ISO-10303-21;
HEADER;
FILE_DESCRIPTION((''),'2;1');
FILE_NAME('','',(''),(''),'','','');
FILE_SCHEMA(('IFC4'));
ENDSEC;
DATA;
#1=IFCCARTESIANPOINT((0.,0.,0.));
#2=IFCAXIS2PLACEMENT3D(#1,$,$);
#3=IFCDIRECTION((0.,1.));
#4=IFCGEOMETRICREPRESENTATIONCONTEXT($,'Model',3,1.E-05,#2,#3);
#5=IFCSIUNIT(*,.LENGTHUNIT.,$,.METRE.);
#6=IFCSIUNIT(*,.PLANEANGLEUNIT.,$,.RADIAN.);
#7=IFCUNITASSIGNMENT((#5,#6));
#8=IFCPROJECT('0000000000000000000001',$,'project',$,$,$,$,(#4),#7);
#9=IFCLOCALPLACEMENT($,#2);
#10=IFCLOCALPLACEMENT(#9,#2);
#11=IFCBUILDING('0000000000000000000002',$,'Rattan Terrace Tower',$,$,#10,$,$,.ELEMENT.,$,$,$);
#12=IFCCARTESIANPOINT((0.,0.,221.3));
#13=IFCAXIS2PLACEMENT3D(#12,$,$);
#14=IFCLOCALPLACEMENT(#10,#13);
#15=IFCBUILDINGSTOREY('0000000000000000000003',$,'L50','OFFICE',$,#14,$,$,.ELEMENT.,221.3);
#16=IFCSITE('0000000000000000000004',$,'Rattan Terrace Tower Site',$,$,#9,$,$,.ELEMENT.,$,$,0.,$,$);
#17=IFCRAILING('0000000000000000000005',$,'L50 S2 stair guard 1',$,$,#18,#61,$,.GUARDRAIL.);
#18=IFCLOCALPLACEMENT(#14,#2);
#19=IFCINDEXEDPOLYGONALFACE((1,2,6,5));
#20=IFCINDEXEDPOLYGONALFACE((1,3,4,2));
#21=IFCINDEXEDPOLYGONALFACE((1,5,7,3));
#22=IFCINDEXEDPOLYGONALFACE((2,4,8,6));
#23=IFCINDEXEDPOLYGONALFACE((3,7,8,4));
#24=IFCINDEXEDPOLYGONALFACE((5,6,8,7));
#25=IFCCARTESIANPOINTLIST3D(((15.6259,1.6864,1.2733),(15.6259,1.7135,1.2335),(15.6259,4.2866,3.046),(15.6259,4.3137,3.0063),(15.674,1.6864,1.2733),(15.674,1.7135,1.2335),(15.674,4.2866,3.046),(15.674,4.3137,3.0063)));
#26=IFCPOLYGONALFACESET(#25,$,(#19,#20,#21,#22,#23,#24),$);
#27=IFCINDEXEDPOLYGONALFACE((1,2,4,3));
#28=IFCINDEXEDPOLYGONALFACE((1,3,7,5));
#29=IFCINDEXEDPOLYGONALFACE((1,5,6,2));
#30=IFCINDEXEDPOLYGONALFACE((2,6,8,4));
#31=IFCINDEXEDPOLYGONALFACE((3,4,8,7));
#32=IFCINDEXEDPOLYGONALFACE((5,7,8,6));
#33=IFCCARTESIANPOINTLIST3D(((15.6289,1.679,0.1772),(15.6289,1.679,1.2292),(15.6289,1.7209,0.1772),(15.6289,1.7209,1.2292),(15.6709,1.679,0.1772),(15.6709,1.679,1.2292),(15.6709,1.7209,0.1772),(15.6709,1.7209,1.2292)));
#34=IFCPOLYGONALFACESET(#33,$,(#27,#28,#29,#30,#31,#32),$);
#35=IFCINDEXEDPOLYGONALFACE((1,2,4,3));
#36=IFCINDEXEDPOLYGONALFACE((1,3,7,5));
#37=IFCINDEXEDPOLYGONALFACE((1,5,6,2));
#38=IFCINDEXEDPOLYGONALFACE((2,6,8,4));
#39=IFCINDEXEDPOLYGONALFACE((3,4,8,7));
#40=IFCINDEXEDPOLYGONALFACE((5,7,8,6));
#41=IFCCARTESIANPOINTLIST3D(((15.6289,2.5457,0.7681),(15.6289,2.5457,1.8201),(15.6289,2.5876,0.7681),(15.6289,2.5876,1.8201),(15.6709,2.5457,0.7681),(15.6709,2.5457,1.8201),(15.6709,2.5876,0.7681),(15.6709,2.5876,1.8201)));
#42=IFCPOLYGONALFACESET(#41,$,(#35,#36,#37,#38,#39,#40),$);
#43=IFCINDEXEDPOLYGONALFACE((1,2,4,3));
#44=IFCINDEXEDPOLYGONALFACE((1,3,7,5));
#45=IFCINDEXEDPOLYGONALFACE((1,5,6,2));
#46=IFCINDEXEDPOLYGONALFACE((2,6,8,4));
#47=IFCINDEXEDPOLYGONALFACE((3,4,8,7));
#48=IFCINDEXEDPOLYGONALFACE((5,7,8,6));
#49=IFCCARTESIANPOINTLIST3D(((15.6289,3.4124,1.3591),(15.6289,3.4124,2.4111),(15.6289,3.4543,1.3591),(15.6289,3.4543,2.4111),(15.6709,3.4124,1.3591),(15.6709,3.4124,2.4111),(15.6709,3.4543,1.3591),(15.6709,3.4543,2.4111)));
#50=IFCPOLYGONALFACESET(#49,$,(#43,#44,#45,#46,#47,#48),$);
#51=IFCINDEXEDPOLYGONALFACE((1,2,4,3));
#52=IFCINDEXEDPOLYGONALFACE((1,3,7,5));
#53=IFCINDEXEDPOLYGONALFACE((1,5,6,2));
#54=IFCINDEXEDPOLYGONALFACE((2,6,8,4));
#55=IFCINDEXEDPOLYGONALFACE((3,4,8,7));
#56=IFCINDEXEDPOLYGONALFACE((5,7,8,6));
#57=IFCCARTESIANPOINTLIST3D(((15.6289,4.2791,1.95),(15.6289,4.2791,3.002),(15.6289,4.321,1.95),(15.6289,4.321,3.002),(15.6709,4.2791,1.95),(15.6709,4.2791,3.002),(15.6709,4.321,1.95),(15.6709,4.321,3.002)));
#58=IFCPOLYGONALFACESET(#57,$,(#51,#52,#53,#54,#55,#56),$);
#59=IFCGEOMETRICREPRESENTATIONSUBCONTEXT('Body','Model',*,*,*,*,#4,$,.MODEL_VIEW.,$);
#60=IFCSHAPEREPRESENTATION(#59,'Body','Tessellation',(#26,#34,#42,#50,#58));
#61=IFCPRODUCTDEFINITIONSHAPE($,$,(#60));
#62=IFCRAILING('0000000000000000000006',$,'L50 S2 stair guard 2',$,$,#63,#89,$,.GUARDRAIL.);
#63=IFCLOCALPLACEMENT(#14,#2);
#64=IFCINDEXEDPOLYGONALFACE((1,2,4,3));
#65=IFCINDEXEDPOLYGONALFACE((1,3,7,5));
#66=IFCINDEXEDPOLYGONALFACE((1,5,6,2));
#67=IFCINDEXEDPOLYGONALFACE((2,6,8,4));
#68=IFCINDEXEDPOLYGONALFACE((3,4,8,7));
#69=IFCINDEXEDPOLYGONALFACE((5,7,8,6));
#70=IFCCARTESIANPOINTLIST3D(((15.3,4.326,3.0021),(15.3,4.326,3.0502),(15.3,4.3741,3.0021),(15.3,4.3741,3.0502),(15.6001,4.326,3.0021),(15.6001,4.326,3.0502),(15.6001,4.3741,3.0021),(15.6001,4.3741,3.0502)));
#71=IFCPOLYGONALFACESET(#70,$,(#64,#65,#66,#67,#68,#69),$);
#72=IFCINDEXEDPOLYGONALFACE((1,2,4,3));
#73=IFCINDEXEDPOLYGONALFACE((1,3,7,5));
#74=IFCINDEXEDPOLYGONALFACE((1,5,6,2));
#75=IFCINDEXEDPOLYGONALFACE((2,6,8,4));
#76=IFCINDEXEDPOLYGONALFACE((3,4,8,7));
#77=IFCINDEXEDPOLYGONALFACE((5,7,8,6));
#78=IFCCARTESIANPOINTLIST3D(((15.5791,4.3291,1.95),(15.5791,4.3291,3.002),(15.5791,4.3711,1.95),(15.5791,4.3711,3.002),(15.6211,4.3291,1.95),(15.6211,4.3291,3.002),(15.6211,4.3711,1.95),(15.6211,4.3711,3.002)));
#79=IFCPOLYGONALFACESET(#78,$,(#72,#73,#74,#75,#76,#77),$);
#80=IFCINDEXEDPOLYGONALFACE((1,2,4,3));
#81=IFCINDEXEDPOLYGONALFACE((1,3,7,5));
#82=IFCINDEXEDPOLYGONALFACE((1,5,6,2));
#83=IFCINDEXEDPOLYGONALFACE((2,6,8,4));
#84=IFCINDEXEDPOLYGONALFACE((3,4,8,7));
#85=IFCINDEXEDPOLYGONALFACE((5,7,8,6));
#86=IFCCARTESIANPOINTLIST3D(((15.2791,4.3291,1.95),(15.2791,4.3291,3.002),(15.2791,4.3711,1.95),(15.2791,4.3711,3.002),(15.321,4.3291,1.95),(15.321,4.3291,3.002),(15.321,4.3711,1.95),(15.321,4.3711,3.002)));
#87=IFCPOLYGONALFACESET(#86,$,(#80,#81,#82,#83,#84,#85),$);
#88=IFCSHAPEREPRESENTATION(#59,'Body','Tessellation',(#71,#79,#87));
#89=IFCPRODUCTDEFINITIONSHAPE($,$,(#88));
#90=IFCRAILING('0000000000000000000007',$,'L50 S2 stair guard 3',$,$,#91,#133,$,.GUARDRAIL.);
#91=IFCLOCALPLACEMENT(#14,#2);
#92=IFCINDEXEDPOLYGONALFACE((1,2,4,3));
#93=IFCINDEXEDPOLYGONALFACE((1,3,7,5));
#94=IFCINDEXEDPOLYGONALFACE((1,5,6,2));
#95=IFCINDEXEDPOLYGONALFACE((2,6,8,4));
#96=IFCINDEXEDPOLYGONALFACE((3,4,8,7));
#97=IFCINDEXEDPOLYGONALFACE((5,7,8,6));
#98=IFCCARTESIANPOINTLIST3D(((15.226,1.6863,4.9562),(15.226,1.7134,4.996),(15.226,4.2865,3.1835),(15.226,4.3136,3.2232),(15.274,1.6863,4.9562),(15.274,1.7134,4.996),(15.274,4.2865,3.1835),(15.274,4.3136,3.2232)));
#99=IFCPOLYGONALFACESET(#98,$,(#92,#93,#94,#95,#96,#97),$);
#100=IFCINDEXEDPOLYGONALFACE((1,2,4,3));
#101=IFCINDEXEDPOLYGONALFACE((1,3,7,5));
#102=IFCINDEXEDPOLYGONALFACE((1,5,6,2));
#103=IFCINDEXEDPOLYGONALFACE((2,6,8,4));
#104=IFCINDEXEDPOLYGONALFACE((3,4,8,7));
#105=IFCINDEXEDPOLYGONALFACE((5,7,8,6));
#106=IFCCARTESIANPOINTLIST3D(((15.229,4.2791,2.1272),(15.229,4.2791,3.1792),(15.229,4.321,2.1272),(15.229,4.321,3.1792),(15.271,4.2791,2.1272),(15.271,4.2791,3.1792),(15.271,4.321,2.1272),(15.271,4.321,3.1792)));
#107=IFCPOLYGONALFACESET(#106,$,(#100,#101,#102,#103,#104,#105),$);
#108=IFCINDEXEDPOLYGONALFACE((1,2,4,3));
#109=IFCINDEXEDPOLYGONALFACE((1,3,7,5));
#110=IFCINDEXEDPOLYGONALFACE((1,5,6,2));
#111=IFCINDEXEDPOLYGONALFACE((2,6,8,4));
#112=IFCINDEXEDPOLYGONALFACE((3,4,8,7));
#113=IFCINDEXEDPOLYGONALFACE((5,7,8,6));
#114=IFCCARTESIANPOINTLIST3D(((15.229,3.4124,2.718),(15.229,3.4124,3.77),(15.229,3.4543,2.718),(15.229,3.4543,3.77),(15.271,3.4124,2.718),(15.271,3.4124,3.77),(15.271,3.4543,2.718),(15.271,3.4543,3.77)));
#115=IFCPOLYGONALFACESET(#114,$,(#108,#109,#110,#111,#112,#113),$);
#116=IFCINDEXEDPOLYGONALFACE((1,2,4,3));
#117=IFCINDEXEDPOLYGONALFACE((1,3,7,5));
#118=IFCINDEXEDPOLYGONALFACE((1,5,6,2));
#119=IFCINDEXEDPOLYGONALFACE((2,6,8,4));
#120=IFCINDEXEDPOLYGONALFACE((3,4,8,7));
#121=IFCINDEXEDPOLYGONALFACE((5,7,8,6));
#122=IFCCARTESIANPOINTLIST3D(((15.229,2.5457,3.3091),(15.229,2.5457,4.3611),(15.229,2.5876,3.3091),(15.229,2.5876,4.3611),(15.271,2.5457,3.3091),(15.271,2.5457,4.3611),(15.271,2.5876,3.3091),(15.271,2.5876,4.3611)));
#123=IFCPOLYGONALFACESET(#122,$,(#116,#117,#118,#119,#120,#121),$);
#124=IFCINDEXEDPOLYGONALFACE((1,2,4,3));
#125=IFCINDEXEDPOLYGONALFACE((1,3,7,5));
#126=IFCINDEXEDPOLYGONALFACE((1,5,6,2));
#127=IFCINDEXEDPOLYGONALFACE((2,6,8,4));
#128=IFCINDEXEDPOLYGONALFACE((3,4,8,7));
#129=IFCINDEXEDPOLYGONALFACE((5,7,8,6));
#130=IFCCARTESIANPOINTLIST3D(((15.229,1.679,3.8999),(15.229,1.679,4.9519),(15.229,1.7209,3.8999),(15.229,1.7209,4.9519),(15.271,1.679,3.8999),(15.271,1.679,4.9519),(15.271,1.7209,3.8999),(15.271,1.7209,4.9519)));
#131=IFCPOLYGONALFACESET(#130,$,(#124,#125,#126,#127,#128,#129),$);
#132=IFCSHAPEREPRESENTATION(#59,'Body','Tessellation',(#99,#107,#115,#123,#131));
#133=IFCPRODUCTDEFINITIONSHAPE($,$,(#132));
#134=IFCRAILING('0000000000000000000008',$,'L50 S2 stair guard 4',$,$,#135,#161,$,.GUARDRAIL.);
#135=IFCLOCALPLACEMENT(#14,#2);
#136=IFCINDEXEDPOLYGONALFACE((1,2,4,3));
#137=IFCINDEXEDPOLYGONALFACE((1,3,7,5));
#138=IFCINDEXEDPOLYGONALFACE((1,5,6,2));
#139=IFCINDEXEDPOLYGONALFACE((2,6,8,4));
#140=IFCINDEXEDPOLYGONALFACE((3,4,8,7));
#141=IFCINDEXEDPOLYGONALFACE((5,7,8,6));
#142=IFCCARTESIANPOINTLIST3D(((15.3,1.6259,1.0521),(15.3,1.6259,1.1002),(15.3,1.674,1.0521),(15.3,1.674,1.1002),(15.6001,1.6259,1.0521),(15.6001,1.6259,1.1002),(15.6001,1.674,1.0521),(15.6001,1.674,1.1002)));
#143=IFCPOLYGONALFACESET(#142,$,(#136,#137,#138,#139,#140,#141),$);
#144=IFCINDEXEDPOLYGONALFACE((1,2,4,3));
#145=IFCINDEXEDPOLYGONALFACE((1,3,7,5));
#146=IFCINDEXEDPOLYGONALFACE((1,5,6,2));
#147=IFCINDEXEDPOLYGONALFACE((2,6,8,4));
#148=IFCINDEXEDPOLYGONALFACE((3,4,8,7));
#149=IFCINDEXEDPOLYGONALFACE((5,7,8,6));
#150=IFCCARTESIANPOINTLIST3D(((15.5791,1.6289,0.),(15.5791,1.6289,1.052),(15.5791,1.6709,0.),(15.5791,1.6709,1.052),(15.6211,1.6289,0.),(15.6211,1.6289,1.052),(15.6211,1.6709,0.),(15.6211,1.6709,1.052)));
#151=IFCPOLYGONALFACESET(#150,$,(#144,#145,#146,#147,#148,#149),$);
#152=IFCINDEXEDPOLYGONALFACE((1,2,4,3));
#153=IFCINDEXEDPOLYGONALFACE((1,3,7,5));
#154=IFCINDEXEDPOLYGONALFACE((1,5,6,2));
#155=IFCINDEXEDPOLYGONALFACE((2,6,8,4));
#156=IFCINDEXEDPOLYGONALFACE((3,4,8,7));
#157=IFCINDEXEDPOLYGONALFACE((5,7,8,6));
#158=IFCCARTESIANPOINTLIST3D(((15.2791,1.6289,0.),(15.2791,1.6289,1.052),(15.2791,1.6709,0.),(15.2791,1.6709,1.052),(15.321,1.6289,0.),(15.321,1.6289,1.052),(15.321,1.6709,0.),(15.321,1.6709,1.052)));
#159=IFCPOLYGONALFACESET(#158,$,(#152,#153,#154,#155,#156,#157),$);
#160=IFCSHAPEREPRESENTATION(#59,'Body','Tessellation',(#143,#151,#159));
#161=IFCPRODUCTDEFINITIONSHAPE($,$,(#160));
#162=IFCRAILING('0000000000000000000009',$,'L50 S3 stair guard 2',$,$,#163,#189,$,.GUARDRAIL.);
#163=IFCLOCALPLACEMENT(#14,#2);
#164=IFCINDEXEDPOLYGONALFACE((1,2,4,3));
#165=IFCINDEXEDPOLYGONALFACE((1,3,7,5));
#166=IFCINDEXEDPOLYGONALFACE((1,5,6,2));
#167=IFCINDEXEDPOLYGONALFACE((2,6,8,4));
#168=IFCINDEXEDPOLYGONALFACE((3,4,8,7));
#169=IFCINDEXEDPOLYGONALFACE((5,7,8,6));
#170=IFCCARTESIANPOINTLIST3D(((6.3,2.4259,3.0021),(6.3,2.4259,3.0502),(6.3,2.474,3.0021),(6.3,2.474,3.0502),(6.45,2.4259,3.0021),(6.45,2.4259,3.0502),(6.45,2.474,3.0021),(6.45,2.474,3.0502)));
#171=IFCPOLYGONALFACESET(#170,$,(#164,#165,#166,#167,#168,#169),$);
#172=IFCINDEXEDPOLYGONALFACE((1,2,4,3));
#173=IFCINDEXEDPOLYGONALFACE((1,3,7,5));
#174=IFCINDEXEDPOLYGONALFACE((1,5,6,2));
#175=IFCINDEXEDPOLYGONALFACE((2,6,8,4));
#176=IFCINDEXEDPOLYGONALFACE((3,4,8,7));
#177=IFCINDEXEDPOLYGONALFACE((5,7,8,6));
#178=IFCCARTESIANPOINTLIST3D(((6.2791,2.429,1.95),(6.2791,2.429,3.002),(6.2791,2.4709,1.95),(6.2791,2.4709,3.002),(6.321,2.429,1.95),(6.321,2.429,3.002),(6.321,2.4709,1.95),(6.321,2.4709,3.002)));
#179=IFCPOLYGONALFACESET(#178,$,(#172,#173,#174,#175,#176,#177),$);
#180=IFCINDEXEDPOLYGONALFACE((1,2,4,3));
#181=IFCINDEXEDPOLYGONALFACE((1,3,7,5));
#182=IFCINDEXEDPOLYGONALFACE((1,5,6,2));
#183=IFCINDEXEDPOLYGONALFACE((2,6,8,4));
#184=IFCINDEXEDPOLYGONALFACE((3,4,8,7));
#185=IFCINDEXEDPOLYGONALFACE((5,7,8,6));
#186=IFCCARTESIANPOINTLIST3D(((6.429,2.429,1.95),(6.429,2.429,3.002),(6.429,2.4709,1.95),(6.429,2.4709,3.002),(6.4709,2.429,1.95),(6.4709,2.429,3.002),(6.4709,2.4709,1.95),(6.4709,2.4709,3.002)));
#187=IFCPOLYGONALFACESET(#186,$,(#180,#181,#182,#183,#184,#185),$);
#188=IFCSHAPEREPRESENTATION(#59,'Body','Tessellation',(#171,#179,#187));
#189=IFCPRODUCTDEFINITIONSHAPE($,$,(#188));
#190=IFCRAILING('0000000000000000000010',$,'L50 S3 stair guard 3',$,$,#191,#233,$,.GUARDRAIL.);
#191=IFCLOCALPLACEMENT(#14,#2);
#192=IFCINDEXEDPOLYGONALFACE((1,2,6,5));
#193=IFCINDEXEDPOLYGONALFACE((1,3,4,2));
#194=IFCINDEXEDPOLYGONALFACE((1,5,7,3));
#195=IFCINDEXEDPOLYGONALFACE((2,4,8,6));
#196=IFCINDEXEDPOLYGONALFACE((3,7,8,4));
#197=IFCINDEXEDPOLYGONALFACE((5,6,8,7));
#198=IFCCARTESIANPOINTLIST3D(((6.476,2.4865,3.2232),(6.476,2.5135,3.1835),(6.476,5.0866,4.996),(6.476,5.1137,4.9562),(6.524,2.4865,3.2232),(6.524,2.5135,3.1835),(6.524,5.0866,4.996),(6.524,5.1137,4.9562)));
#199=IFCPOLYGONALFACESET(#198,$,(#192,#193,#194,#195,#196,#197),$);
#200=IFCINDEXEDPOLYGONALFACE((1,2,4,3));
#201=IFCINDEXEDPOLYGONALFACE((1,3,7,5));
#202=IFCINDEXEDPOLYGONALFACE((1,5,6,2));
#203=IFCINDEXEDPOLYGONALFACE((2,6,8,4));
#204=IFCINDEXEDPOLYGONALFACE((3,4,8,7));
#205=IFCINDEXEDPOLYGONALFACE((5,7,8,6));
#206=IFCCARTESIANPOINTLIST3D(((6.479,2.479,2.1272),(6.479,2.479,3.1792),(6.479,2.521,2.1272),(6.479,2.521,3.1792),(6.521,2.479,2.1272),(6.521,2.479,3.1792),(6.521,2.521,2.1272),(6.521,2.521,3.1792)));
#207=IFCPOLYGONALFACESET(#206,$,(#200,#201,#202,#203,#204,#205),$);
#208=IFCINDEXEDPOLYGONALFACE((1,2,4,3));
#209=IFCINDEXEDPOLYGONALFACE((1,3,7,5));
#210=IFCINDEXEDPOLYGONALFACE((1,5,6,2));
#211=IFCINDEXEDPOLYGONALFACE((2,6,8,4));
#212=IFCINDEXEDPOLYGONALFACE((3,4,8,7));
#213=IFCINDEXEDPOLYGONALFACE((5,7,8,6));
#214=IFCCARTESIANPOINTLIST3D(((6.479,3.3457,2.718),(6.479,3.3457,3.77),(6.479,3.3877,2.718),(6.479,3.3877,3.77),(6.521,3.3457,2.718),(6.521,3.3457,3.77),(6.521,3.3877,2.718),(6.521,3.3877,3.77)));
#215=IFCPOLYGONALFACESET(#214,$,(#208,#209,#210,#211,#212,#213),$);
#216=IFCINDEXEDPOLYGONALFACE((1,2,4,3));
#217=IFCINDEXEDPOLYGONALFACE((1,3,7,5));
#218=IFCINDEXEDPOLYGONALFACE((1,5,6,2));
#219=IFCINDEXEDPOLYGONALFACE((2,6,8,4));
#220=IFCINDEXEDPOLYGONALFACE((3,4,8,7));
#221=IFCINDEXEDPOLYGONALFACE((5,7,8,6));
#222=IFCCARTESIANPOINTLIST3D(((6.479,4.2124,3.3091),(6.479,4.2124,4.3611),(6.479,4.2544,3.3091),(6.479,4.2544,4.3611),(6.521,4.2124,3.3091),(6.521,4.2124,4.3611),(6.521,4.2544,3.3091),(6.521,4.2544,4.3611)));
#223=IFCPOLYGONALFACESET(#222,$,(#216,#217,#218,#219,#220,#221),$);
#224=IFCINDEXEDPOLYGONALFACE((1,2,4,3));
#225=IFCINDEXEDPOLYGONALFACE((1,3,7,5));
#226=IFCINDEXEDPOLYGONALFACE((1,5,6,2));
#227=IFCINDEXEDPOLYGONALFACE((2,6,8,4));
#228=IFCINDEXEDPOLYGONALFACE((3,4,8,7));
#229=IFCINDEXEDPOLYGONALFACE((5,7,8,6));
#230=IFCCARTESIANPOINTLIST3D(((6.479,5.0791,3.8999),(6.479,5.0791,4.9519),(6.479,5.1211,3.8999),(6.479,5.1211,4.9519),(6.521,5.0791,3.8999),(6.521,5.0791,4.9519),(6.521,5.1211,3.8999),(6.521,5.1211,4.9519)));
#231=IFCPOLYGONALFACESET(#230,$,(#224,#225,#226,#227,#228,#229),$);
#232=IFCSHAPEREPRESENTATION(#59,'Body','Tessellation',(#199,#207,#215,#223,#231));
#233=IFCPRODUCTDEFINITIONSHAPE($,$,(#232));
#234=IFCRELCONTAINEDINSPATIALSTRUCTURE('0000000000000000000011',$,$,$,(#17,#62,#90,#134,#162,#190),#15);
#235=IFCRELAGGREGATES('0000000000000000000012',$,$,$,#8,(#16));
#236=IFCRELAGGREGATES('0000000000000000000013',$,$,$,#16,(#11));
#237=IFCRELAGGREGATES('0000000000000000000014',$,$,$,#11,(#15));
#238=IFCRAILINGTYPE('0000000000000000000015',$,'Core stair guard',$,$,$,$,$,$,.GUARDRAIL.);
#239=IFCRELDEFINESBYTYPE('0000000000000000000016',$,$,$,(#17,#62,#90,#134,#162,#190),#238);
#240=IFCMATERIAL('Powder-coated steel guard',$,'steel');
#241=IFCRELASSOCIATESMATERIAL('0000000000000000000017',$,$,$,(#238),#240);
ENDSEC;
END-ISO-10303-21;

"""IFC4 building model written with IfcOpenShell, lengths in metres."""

from ifc_helpers import new_model, si_unit, direction, frame, origin, origin_2d, place, context, subcontext, project, spatial, rectangle, extrude, material, type_object, element, save


model = new_model("IFC4")

# Units and contexts
model_context = context("Model", 3, precision=1e-05, world=origin(), true_north=direction((0.0, 1.0)))
body_context = subcontext(model_context, "Body", "Model", "MODEL_VIEW")
ifc_project = project(units=[si_unit("LENGTHUNIT", "METRE"), si_unit("PLANEANGLEUNIT", "RADIAN")], contexts=[model_context])

# Site, building, storey
site_placement = place(None, origin())
site = spatial("IfcSite", under=ifc_project, at=site_placement, Name="Rattan Terrace Tower Site", CompositionType="ELEMENT", RefElevation=0.0)
building_placement = place(site_placement, origin())
building = spatial("IfcBuilding", under=site, at=building_placement, Name="Rattan Terrace Tower", CompositionType="ELEMENT")
storey_placement = place(building_placement, frame((0.0, 0.0, 221.3)))
storey = spatial("IfcBuildingStorey", under=building, at=storey_placement, Name="L50", Description="OFFICE", CompositionType="ELEMENT", Elevation=221.3)

# Railings
ifc_material_1 = material(Name="Powder-coated steel guard", Category="steel")
railing_type_1 = type_object("IfcRailingType", Name="Core stair guard", PredefinedType="GUARDRAIL", material=ifc_material_1)
railing_1_placement = place(storey_placement, frame((15.6499, 1.7, 0.1772)))
element("IfcRailing", 1, at=railing_1_placement, inside=storey, type_object=railing_type_1, Name="L50 S2 stair guard 1", PredefinedType="GUARDRAIL", context=body_context, shape_type="SweptSolid", body=[
    extrude(rectangle(XDim=0.0481, YDim=0.0481, at=origin_2d()), frame((0.0, 0.0, 1.0762), z_axis=(0.0, 0.82624, 0.563318), x_axis=(-1.0, 0.0, 0.0)), (0.0, 0.0, 1.0), 3.147),
    extrude(rectangle(XDim=0.042, YDim=0.042, at=origin_2d()), origin(), (0.0, 0.0, 1.0), 1.052),
    extrude(rectangle(XDim=0.042, YDim=0.042, at=origin_2d()), frame((0.0, 0.8667, 0.5908)), (0.0, 0.0, 1.0), 1.052),
    extrude(rectangle(XDim=0.042, YDim=0.042, at=origin_2d()), frame((0.0, 1.7334, 1.1819)), (0.0, 0.0, 1.0), 1.052),
    extrude(rectangle(XDim=0.042, YDim=0.042, at=origin_2d()), frame((0.0, 2.6001, 1.7727)), (0.0, 0.0, 1.0), 1.052),
])
railing_2_placement = place(storey_placement, frame((15.6001, 4.3501, 1.95)))
element("IfcRailing", 2, at=railing_2_placement, inside=storey, type_object=railing_type_1, Name="L50 S2 stair guard 2", PredefinedType="GUARDRAIL", context=body_context, shape_type="SweptSolid", body=[
    extrude(rectangle(XDim=0.0481, YDim=0.0481, at=origin_2d()), frame((0.0, 0.0, 1.0762), z_axis=(-1.0, 0.0, 0.0), x_axis=(0.0, -1.0, 0.0)), (0.0, 0.0, 1.0), 0.3),
    extrude(rectangle(XDim=0.042, YDim=0.042, at=origin_2d()), origin(), (0.0, 0.0, 1.0), 1.052),
    extrude(rectangle(XDim=0.042, YDim=0.042, at=origin_2d()), frame((-0.3, 0.0, 0.0)), (0.0, 0.0, 1.0), 1.052),
])
railing_3_placement = place(storey_placement, frame((15.25, 4.3, 2.1272)))
element("IfcRailing", 3, at=railing_3_placement, inside=storey, type_object=railing_type_1, Name="L50 S2 stair guard 3", PredefinedType="GUARDRAIL", context=body_context, shape_type="SweptSolid", body=[
    extrude(rectangle(XDim=0.0481, YDim=0.0481, at=origin_2d()), frame((0.0, 0.0, 1.0762), z_axis=(0.0, -0.82624, 0.563318), x_axis=(1.0, 0.0, 0.0)), (0.0, 0.0, 1.0), 3.147),
    extrude(rectangle(XDim=0.042, YDim=0.042, at=origin_2d()), origin(), (0.0, 0.0, 1.0), 1.052),
    extrude(rectangle(XDim=0.042, YDim=0.042, at=origin_2d()), frame((0.0, -0.8667, 0.5908)), (0.0, 0.0, 1.0), 1.052),
    extrude(rectangle(XDim=0.042, YDim=0.042, at=origin_2d()), frame((0.0, -1.7334, 1.1819)), (0.0, 0.0, 1.0), 1.052),
    extrude(rectangle(XDim=0.042, YDim=0.042, at=origin_2d()), frame((0.0, -2.6001, 1.7727)), (0.0, 0.0, 1.0), 1.052),
])
railing_4_placement = place(storey_placement, frame((15.6001, 1.6499, 0.0)))
element("IfcRailing", 4, at=railing_4_placement, inside=storey, type_object=railing_type_1, Name="L50 S2 stair guard 4", PredefinedType="GUARDRAIL", context=body_context, shape_type="SweptSolid", body=[
    extrude(rectangle(XDim=0.0481, YDim=0.0481, at=origin_2d()), frame((0.0, 0.0, 1.0762), z_axis=(-1.0, 0.0, 0.0), x_axis=(0.0, -1.0, 0.0)), (0.0, 0.0, 1.0), 0.3),
    extrude(rectangle(XDim=0.042, YDim=0.042, at=origin_2d()), origin(), (0.0, 0.0, 1.0), 1.052),
    extrude(rectangle(XDim=0.042, YDim=0.042, at=origin_2d()), frame((-0.3, 0.0, 0.0)), (0.0, 0.0, 1.0), 1.052),
])
railing_5_placement = place(storey_placement, frame((6.3, 2.45, 1.95)))
element("IfcRailing", 5, at=railing_5_placement, inside=storey, type_object=railing_type_1, Name="L50 S3 stair guard 2", PredefinedType="GUARDRAIL", context=body_context, shape_type="SweptSolid", body=[
    extrude(rectangle(XDim=0.0481, YDim=0.0481, at=origin_2d()), frame((0.0, 0.0, 1.0762), z_axis=(1.0, 0.0, 0.0), x_axis=(0.0, 1.0, 0.0)), (0.0, 0.0, 1.0), 0.1499),
    extrude(rectangle(XDim=0.042, YDim=0.042, at=origin_2d()), origin(), (0.0, 0.0, 1.0), 1.052),
    extrude(rectangle(XDim=0.042, YDim=0.042, at=origin_2d()), frame((0.1499, 0.0, 0.0)), (0.0, 0.0, 1.0), 1.052),
])
railing_6_placement = place(storey_placement, frame((6.5, 2.5, 2.1272)))
element("IfcRailing", 6, at=railing_6_placement, inside=storey, type_object=railing_type_1, Name="L50 S3 stair guard 3", PredefinedType="GUARDRAIL", context=body_context, shape_type="SweptSolid", body=[
    extrude(rectangle(XDim=0.0481, YDim=0.0481, at=origin_2d()), frame((0.0, 0.0, 1.0762), z_axis=(0.0, 0.82624, 0.563318), x_axis=(-1.0, 0.0, 0.0)), (0.0, 0.0, 1.0), 3.147),
    extrude(rectangle(XDim=0.042, YDim=0.042, at=origin_2d()), origin(), (0.0, 0.0, 1.0), 1.052),
    extrude(rectangle(XDim=0.042, YDim=0.042, at=origin_2d()), frame((0.0, 0.8667, 0.5908)), (0.0, 0.0, 1.0), 1.052),
    extrude(rectangle(XDim=0.042, YDim=0.042, at=origin_2d()), frame((0.0, 1.7334, 1.1819)), (0.0, 0.0, 1.0), 1.052),
    extrude(rectangle(XDim=0.042, YDim=0.042, at=origin_2d()), frame((0.0, 2.6001, 1.7727)), (0.0, 0.0, 1.0), 1.052),
])

save(model, "model.ifc")
